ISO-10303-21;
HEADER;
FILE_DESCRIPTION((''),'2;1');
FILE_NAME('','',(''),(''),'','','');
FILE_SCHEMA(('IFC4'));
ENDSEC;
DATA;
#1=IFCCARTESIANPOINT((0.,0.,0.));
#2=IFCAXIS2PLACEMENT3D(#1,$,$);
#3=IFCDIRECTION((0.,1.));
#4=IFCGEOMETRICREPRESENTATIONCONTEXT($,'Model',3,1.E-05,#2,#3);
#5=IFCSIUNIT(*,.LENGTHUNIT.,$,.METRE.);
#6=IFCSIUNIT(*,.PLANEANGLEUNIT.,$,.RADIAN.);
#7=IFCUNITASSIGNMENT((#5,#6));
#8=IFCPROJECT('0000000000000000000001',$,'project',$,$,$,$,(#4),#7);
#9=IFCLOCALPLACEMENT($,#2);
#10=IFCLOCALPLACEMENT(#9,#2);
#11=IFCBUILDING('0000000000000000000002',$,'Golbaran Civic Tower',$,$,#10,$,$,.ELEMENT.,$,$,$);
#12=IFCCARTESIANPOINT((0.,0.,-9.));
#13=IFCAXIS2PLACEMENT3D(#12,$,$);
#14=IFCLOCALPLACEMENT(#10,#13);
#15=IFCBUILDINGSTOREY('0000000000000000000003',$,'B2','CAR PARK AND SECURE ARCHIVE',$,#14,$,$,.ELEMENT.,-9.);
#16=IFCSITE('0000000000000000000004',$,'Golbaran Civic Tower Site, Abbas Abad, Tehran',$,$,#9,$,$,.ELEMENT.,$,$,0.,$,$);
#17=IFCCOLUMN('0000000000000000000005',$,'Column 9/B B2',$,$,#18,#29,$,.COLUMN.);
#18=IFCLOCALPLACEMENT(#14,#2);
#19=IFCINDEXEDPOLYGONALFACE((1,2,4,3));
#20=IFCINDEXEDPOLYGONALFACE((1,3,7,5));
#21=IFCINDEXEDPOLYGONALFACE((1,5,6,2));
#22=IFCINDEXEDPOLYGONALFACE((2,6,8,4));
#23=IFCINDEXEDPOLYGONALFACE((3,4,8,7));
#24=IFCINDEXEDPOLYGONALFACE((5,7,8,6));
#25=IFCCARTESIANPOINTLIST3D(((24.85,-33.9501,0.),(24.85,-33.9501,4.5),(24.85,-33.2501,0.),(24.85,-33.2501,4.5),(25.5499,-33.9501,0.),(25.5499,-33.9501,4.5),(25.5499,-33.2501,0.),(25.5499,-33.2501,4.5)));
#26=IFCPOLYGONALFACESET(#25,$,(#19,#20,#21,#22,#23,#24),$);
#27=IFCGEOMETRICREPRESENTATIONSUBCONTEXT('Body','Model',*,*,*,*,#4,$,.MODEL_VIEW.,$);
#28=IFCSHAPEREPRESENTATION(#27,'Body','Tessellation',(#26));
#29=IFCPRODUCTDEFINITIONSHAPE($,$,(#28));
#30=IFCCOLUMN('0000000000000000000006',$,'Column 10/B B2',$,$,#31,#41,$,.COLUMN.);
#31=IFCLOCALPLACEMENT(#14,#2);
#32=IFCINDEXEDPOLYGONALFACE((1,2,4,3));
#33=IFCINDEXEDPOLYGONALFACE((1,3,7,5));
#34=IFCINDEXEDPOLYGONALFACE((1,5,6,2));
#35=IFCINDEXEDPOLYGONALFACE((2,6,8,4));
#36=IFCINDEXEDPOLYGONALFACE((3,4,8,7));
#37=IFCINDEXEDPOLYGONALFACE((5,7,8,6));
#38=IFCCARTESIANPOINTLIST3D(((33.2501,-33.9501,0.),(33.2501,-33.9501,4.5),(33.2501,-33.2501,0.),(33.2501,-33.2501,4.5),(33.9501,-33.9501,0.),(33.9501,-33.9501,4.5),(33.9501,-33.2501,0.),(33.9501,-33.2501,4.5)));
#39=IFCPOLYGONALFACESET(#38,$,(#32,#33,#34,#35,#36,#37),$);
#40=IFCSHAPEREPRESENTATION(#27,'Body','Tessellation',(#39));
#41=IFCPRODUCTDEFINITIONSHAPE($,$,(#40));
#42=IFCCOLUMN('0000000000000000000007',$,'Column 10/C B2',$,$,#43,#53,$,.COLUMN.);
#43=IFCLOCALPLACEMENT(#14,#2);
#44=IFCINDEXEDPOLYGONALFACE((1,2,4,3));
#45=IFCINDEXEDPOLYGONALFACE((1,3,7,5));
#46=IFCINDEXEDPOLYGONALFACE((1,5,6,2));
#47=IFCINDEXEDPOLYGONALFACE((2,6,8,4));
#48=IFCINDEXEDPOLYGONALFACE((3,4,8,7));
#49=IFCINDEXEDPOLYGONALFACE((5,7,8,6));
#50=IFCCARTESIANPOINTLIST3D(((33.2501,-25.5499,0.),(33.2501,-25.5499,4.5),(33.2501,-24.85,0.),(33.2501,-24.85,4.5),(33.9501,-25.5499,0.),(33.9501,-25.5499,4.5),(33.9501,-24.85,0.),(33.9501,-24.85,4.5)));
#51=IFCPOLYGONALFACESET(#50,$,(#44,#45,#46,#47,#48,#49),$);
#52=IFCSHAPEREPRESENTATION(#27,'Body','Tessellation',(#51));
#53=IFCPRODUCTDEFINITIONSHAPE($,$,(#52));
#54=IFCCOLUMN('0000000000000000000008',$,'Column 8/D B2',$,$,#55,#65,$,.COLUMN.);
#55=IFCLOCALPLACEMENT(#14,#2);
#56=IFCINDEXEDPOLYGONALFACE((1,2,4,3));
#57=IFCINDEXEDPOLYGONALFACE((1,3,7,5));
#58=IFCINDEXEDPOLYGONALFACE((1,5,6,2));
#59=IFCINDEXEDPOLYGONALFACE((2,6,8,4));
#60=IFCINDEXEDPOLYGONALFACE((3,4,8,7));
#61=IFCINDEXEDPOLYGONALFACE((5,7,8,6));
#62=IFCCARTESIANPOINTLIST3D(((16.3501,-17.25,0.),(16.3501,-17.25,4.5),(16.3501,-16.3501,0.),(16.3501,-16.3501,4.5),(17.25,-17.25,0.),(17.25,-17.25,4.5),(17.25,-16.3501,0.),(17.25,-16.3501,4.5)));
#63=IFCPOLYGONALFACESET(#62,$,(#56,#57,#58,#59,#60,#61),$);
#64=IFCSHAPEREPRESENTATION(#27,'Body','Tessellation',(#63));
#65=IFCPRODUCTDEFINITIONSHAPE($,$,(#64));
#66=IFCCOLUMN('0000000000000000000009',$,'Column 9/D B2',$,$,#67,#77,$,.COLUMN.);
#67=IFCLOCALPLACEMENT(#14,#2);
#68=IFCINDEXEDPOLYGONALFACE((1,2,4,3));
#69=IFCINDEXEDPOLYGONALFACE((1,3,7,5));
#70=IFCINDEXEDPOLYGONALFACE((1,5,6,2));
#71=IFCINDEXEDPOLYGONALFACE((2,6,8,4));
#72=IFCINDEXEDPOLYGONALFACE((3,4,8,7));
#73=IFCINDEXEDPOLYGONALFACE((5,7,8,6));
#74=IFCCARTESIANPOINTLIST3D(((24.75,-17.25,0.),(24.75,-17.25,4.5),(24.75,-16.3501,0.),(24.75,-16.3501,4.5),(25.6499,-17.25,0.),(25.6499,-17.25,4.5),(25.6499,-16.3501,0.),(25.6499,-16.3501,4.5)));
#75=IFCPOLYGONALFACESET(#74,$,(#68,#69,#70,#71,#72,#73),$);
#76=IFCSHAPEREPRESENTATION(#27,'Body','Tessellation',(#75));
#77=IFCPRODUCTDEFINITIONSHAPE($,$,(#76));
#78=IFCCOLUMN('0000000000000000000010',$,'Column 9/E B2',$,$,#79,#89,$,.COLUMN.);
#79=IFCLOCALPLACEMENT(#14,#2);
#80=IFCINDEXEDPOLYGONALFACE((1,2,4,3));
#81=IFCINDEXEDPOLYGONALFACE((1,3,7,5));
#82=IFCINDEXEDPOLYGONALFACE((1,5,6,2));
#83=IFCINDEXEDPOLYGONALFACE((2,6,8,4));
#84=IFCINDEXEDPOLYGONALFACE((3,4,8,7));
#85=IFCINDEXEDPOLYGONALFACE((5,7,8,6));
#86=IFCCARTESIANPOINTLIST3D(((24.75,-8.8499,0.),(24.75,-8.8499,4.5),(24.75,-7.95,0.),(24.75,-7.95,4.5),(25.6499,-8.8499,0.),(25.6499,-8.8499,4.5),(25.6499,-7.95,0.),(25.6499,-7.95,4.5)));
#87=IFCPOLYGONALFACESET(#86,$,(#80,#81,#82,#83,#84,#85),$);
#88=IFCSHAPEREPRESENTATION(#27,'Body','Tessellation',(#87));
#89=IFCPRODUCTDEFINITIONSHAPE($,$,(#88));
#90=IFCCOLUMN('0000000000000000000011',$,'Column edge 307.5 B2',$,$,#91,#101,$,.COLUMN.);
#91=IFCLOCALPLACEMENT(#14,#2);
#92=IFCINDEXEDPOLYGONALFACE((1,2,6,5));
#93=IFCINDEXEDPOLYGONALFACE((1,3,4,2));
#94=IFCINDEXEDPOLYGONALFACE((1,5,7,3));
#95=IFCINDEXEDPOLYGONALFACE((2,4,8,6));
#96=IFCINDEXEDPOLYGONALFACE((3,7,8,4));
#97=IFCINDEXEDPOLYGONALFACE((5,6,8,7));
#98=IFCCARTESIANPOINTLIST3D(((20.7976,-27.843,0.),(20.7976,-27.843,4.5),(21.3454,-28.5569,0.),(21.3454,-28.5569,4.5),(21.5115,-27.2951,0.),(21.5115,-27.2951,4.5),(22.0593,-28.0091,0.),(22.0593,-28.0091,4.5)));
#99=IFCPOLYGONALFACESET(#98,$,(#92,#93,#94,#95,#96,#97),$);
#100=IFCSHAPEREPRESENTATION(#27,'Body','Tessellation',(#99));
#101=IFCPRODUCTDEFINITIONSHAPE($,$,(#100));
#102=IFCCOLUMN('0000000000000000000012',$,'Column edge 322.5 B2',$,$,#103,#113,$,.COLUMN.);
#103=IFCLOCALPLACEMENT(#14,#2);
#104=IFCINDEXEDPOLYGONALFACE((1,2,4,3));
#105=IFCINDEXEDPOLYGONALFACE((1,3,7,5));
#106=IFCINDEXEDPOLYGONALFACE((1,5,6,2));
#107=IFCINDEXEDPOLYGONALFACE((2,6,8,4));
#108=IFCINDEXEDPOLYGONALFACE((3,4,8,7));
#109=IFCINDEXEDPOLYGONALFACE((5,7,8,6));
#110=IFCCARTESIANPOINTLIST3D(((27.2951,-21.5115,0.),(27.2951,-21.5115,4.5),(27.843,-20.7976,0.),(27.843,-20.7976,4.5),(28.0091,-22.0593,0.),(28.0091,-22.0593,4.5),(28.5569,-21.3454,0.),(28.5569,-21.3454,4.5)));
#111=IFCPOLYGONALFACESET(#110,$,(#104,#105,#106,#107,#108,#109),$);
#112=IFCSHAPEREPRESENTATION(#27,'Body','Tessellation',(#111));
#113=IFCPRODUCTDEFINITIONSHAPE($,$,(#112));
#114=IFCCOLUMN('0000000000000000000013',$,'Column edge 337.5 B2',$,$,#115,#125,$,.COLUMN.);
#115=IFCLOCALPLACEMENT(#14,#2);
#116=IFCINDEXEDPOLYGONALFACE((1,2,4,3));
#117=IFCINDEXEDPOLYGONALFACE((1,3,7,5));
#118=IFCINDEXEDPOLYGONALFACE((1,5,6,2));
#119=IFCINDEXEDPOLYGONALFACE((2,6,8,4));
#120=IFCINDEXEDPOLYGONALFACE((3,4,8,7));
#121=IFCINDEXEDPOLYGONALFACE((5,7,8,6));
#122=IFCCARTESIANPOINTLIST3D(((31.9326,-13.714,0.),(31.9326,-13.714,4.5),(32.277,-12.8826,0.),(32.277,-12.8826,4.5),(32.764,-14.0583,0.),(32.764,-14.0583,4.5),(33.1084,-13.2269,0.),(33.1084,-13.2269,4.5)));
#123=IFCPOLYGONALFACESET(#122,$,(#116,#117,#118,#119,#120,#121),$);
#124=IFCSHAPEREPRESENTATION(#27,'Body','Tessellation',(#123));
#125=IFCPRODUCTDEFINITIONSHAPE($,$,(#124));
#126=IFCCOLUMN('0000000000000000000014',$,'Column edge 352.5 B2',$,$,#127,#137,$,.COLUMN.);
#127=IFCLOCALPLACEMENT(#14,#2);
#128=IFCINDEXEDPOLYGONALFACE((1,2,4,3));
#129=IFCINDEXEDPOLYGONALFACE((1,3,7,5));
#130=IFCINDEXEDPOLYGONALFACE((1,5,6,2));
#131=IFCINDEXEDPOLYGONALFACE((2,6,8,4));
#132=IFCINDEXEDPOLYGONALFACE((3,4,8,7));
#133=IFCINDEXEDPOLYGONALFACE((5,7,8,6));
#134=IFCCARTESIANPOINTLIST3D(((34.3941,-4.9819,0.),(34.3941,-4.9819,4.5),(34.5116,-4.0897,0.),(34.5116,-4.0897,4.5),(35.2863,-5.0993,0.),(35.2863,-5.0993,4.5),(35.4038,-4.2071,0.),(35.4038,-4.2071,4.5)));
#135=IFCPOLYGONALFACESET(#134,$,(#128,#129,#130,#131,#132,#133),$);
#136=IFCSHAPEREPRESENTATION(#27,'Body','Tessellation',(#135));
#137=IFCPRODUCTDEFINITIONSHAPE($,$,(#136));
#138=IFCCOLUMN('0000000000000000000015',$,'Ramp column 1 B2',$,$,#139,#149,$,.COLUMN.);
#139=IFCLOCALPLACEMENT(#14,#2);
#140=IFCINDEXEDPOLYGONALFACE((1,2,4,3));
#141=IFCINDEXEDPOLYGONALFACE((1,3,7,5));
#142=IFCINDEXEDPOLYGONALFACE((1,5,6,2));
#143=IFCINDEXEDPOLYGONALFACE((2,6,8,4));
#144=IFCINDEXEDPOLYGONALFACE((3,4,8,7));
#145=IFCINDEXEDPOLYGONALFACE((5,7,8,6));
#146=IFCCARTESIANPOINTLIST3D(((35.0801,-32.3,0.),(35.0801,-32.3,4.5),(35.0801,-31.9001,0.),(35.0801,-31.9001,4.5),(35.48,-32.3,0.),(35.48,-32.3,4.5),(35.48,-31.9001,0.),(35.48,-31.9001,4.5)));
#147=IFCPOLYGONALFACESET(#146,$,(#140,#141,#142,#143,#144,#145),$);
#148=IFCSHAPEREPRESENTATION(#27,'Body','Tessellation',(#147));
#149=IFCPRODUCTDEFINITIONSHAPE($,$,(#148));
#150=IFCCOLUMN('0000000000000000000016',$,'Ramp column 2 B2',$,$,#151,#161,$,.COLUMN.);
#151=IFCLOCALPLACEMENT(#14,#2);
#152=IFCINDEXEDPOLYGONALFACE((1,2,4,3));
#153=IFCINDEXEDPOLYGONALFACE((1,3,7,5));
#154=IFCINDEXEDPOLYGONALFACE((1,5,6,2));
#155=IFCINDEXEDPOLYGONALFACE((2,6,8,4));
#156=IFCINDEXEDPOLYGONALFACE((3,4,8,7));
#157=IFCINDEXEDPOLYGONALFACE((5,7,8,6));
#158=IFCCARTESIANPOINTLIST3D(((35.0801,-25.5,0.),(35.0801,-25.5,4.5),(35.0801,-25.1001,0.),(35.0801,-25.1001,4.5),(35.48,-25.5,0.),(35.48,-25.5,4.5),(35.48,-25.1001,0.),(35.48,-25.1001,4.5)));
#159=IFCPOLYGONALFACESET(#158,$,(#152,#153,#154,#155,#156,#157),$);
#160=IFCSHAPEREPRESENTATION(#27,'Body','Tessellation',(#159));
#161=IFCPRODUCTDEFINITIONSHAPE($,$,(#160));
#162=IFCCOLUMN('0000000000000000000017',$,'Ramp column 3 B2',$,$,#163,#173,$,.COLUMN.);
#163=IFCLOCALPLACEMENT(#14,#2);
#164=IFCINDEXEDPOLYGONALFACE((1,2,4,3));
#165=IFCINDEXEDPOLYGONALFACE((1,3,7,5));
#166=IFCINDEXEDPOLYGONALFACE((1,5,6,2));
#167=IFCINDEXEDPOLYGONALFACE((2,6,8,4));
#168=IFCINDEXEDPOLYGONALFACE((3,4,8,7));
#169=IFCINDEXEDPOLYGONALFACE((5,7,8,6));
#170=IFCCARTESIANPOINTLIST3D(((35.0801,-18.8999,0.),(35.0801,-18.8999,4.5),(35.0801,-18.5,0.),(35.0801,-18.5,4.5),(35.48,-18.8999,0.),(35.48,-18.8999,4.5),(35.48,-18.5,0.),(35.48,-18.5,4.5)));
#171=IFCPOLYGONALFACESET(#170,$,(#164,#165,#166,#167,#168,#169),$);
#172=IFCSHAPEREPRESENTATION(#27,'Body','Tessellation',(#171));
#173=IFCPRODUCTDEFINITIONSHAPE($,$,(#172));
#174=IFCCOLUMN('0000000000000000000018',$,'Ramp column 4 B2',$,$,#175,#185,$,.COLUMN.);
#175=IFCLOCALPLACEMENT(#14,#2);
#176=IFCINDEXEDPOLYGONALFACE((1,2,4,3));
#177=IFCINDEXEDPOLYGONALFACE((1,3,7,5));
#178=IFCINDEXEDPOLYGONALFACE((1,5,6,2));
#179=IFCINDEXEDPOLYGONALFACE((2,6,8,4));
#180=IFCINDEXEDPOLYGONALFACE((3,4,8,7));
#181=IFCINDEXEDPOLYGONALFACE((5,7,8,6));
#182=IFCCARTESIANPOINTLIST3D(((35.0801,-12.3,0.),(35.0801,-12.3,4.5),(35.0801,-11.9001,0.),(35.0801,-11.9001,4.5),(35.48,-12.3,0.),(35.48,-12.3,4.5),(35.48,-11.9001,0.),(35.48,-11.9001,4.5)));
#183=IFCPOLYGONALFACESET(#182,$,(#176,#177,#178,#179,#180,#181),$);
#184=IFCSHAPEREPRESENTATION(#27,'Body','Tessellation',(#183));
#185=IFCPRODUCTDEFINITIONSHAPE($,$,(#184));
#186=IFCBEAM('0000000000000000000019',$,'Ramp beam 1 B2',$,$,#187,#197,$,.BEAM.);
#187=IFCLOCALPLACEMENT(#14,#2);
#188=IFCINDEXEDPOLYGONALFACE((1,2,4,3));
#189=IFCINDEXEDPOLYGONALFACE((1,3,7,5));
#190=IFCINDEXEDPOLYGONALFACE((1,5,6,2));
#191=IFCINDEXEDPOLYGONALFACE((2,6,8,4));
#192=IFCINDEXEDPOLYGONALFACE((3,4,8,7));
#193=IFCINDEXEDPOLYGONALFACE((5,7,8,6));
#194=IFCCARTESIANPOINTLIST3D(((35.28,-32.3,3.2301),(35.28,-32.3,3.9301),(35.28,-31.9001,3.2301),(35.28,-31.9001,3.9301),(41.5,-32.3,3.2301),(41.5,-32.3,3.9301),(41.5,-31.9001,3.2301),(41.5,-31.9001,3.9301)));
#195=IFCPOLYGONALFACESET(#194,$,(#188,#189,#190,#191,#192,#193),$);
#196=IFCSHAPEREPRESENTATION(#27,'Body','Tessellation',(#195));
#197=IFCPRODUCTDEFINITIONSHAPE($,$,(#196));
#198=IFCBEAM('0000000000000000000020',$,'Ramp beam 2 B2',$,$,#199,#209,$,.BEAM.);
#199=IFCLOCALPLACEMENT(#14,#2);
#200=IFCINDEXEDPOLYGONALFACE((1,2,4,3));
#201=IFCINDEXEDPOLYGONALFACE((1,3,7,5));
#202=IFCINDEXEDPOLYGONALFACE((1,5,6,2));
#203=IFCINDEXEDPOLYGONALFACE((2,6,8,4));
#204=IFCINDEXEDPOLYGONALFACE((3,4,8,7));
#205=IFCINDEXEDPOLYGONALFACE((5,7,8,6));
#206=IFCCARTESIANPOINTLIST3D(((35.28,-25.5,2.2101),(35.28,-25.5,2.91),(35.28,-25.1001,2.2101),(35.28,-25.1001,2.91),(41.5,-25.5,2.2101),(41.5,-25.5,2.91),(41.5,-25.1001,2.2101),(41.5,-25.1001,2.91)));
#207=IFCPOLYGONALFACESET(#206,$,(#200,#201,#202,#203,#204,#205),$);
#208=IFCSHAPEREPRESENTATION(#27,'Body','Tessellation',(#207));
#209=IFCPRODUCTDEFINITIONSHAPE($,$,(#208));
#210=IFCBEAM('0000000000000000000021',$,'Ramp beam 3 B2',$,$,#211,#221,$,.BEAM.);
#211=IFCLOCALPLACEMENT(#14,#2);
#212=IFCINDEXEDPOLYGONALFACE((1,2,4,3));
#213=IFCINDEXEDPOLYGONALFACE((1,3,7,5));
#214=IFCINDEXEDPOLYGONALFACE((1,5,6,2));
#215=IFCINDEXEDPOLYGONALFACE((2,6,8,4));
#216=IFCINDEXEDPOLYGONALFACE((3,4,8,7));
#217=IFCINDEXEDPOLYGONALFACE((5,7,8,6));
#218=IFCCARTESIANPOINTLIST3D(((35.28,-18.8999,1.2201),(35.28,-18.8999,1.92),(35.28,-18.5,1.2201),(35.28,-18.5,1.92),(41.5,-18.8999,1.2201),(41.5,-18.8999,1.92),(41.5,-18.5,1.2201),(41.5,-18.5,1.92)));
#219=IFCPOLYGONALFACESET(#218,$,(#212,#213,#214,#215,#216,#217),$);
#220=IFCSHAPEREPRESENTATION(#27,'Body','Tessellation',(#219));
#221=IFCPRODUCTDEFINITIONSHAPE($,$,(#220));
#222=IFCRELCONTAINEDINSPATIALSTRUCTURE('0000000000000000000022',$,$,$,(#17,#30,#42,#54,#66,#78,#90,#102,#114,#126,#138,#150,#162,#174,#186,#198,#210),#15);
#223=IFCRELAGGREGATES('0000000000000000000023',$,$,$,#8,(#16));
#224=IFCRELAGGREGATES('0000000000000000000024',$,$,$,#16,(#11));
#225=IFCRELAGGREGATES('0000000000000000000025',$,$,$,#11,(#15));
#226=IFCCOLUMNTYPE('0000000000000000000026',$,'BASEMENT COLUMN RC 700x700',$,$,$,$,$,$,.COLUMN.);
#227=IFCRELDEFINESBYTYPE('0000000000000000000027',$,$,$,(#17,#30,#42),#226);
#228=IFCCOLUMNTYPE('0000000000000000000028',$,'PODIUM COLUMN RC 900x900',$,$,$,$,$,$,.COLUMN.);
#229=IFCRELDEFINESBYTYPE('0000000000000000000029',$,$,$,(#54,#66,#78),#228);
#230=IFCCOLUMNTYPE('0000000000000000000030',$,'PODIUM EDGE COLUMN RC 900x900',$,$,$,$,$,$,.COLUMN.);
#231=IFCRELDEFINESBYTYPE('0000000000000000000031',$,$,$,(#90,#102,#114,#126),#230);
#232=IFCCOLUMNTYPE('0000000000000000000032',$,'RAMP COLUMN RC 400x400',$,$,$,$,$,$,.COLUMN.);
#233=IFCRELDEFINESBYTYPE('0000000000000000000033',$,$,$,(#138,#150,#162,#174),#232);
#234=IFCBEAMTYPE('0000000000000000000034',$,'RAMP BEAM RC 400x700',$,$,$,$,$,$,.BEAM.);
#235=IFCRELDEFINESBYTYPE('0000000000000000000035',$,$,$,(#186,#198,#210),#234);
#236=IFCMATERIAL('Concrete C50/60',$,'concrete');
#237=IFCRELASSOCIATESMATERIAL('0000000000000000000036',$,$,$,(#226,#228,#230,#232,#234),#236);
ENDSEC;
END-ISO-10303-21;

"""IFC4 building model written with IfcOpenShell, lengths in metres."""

from ifc_helpers import new_model, si_unit, direction, frame, origin, origin_2d, place, context, subcontext, project, spatial, rectangle, extrude, material, material_profile, profile_set, type_object, element, save


model = new_model("IFC4")

# Units and contexts
model_context = context("Model", 3, precision=1e-05, world=origin(), true_north=direction((0.0, 1.0)))
body_context = subcontext(model_context, "Body", "Model", "MODEL_VIEW")
ifc_project = project(units=[si_unit("LENGTHUNIT", "METRE"), si_unit("PLANEANGLEUNIT", "RADIAN")], contexts=[model_context])

# Site, building, storey
site_placement = place(None, origin())
site = spatial("IfcSite", under=ifc_project, at=site_placement, Name="Golbaran Civic Tower Site, Abbas Abad, Tehran", CompositionType="ELEMENT", RefElevation=0.0)
building_placement = place(site_placement, origin())
building = spatial("IfcBuilding", under=site, at=building_placement, Name="Golbaran Civic Tower", CompositionType="ELEMENT")
storey_placement = place(building_placement, frame((0.0, 0.0, -9.0)))
storey = spatial("IfcBuildingStorey", under=building, at=storey_placement, Name="B2", Description="CAR PARK AND SECURE ARCHIVE", CompositionType="ELEMENT", Elevation=-9.0)

# Columns
ifc_material_1 = material(Name="Concrete C50/60", Category="concrete")
ifc_material_profile_1 = material_profile(ifc_material_1, rectangle(XDim=0.7, YDim=0.7, at=origin_2d()), Name="RC 700x700")
ifc_profile_set_1 = profile_set([ifc_material_profile_1], Name="Concrete C50/60")
column_type_1 = type_object("IfcColumnType", Name="BASEMENT COLUMN RC 700x700", PredefinedType="COLUMN", material=ifc_profile_set_1)
for number, where, z_axis, x_axis, name in (
    (1, (25.2, -33.6001, 0.0), (0.0, 0.0, 1.0), (1.0, 0.0, 0.0), "Column 9/B B2"),
    (2, (33.6001, -33.6001, 0.0), (0.0, 0.0, 1.0), (1.0, 0.0, 0.0), "Column 10/B B2"),
    (3, (33.6001, -25.2, 0.0), (0.0, 0.0, 1.0), (1.0, 0.0, 0.0), "Column 10/C B2"),
):
    element("IfcColumn", number, at=place(storey_placement, frame(where, z_axis=z_axis, x_axis=x_axis)), inside=storey, type_object=column_type_1, Name=name, PredefinedType="COLUMN", context=body_context, shape_type="SweptSolid", body=[
        extrude(rectangle(XDim=0.7, YDim=0.7, at=origin_2d()), origin(), (0.0, 0.0, 1.0), 4.5),
    ])
ifc_material_profile_2 = material_profile(ifc_material_1, rectangle(XDim=0.8999, YDim=0.8999, at=origin_2d()), Name="RC 900x900")
ifc_profile_set_2 = profile_set([ifc_material_profile_2], Name="Concrete C50/60")
column_type_2 = type_object("IfcColumnType", Name="PODIUM COLUMN RC 900x900", PredefinedType="COLUMN", material=ifc_profile_set_2)
for number, where, z_axis, x_axis, name in (
    (4, (16.8, -16.8, 0.0), (0.0, 0.0, 1.0), (1.0, 0.0, 0.0), "Column 8/D B2"),
    (5, (25.2, -16.8, 0.0), (0.0, 0.0, 1.0), (1.0, 0.0, 0.0), "Column 9/D B2"),
    (6, (25.2, -8.3999, 0.0), (0.0, 0.0, 1.0), (1.0, 0.0, 0.0), "Column 9/E B2"),
):
    element("IfcColumn", number, at=place(storey_placement, frame(where, z_axis=z_axis, x_axis=x_axis)), inside=storey, type_object=column_type_2, Name=name, PredefinedType="COLUMN", context=body_context, shape_type="SweptSolid", body=[
        extrude(rectangle(XDim=0.8999, YDim=0.8999, at=origin_2d()), origin(), (0.0, 0.0, 1.0), 4.5),
    ])
ifc_material_profile_3 = material_profile(ifc_material_1, rectangle(XDim=0.8999, YDim=0.8999, at=origin_2d()), Name="RC 900x900")
ifc_profile_set_3 = profile_set([ifc_material_profile_3], Name="Concrete C50/60")
column_type_3 = type_object("IfcColumnType", Name="PODIUM EDGE COLUMN RC 900x900", PredefinedType="COLUMN", material=ifc_profile_set_3)
for number, where, z_axis, x_axis, name in (
    (7, (21.4285, -27.926, 0.0), (0.0, 0.0, 1.0), (0.608761, -0.793353, 0.0), "Column edge 307.5 B2"),
    (8, (27.926, -21.4285, 0.0), (0.0, 0.0, 1.0), (0.793353, -0.608761, 0.0), "Column edge 322.5 B2"),
    (9, (32.5205, -13.4705, 0.0), (0.0, 0.0, 1.0), (0.92388, -0.382683, 0.0), "Column edge 337.5 B2"),
    (10, (34.8989, -4.5945, 0.0), (0.0, 0.0, 1.0), (0.991445, -0.130526, 0.0), "Column edge 352.5 B2"),
):
    element("IfcColumn", number, at=place(storey_placement, frame(where, z_axis=z_axis, x_axis=x_axis)), inside=storey, type_object=column_type_3, Name=name, PredefinedType="COLUMN", context=body_context, shape_type="SweptSolid", body=[
        extrude(rectangle(XDim=0.8999, YDim=0.8999, at=origin_2d()), origin(), (0.0, 0.0, 1.0), 4.5),
    ])
ifc_material_profile_4 = material_profile(ifc_material_1, rectangle(XDim=0.3999, YDim=0.3999, at=origin_2d()), Name="RC 400x400")
ifc_profile_set_4 = profile_set([ifc_material_profile_4], Name="Concrete C50/60")
column_type_4 = type_object("IfcColumnType", Name="RAMP COLUMN RC 400x400", PredefinedType="COLUMN", material=ifc_profile_set_4)
for number, where, z_axis, x_axis, name in (
    (11, (35.28, -32.1001, 0.0), (0.0, 0.0, 1.0), (1.0, 0.0, 0.0), "Ramp column 1 B2"),
    (12, (35.28, -25.3, 0.0), (0.0, 0.0, 1.0), (1.0, 0.0, 0.0), "Ramp column 2 B2"),
    (13, (35.28, -18.7, 0.0), (0.0, 0.0, 1.0), (1.0, 0.0, 0.0), "Ramp column 3 B2"),
    (14, (35.28, -12.1001, 0.0), (0.0, 0.0, 1.0), (1.0, 0.0, 0.0), "Ramp column 4 B2"),
):
    element("IfcColumn", number, at=place(storey_placement, frame(where, z_axis=z_axis, x_axis=x_axis)), inside=storey, type_object=column_type_4, Name=name, PredefinedType="COLUMN", context=body_context, shape_type="SweptSolid", body=[
        extrude(rectangle(XDim=0.3999, YDim=0.3999, at=origin_2d()), origin(), (0.0, 0.0, 1.0), 4.5),
    ])

# Beams
ifc_material_profile_5 = material_profile(ifc_material_1, rectangle(XDim=0.3999, YDim=0.7, at=origin_2d()), Name="RC 400x700")
ifc_profile_set_5 = profile_set([ifc_material_profile_5], Name="Concrete C50/60")
beam_type = type_object("IfcBeamType", Name="RAMP BEAM RC 400x700", PredefinedType="BEAM", material=ifc_profile_set_5)
for number, where, z_axis, x_axis, name in (
    (15, (35.28, -32.1001, 3.5801), (1.0, 0.0, 0.0), (0.0, 1.0, 0.0), "Ramp beam 1 B2"),
    (16, (35.28, -25.3, 2.5601), (1.0, 0.0, 0.0), (0.0, 1.0, 0.0), "Ramp beam 2 B2"),
    (17, (35.28, -18.7, 1.5701), (1.0, 0.0, 0.0), (0.0, 1.0, 0.0), "Ramp beam 3 B2"),
):
    element("IfcBeam", number, at=place(storey_placement, frame(where, z_axis=z_axis, x_axis=x_axis)), inside=storey, type_object=beam_type, Name=name, PredefinedType="BEAM", context=body_context, shape_type="SweptSolid", body=[
        extrude(rectangle(XDim=0.3999, YDim=0.7, at=origin_2d()), origin(), (0.0, 0.0, 1.0), 6.22),
    ])

save(model, "model.ifc")
